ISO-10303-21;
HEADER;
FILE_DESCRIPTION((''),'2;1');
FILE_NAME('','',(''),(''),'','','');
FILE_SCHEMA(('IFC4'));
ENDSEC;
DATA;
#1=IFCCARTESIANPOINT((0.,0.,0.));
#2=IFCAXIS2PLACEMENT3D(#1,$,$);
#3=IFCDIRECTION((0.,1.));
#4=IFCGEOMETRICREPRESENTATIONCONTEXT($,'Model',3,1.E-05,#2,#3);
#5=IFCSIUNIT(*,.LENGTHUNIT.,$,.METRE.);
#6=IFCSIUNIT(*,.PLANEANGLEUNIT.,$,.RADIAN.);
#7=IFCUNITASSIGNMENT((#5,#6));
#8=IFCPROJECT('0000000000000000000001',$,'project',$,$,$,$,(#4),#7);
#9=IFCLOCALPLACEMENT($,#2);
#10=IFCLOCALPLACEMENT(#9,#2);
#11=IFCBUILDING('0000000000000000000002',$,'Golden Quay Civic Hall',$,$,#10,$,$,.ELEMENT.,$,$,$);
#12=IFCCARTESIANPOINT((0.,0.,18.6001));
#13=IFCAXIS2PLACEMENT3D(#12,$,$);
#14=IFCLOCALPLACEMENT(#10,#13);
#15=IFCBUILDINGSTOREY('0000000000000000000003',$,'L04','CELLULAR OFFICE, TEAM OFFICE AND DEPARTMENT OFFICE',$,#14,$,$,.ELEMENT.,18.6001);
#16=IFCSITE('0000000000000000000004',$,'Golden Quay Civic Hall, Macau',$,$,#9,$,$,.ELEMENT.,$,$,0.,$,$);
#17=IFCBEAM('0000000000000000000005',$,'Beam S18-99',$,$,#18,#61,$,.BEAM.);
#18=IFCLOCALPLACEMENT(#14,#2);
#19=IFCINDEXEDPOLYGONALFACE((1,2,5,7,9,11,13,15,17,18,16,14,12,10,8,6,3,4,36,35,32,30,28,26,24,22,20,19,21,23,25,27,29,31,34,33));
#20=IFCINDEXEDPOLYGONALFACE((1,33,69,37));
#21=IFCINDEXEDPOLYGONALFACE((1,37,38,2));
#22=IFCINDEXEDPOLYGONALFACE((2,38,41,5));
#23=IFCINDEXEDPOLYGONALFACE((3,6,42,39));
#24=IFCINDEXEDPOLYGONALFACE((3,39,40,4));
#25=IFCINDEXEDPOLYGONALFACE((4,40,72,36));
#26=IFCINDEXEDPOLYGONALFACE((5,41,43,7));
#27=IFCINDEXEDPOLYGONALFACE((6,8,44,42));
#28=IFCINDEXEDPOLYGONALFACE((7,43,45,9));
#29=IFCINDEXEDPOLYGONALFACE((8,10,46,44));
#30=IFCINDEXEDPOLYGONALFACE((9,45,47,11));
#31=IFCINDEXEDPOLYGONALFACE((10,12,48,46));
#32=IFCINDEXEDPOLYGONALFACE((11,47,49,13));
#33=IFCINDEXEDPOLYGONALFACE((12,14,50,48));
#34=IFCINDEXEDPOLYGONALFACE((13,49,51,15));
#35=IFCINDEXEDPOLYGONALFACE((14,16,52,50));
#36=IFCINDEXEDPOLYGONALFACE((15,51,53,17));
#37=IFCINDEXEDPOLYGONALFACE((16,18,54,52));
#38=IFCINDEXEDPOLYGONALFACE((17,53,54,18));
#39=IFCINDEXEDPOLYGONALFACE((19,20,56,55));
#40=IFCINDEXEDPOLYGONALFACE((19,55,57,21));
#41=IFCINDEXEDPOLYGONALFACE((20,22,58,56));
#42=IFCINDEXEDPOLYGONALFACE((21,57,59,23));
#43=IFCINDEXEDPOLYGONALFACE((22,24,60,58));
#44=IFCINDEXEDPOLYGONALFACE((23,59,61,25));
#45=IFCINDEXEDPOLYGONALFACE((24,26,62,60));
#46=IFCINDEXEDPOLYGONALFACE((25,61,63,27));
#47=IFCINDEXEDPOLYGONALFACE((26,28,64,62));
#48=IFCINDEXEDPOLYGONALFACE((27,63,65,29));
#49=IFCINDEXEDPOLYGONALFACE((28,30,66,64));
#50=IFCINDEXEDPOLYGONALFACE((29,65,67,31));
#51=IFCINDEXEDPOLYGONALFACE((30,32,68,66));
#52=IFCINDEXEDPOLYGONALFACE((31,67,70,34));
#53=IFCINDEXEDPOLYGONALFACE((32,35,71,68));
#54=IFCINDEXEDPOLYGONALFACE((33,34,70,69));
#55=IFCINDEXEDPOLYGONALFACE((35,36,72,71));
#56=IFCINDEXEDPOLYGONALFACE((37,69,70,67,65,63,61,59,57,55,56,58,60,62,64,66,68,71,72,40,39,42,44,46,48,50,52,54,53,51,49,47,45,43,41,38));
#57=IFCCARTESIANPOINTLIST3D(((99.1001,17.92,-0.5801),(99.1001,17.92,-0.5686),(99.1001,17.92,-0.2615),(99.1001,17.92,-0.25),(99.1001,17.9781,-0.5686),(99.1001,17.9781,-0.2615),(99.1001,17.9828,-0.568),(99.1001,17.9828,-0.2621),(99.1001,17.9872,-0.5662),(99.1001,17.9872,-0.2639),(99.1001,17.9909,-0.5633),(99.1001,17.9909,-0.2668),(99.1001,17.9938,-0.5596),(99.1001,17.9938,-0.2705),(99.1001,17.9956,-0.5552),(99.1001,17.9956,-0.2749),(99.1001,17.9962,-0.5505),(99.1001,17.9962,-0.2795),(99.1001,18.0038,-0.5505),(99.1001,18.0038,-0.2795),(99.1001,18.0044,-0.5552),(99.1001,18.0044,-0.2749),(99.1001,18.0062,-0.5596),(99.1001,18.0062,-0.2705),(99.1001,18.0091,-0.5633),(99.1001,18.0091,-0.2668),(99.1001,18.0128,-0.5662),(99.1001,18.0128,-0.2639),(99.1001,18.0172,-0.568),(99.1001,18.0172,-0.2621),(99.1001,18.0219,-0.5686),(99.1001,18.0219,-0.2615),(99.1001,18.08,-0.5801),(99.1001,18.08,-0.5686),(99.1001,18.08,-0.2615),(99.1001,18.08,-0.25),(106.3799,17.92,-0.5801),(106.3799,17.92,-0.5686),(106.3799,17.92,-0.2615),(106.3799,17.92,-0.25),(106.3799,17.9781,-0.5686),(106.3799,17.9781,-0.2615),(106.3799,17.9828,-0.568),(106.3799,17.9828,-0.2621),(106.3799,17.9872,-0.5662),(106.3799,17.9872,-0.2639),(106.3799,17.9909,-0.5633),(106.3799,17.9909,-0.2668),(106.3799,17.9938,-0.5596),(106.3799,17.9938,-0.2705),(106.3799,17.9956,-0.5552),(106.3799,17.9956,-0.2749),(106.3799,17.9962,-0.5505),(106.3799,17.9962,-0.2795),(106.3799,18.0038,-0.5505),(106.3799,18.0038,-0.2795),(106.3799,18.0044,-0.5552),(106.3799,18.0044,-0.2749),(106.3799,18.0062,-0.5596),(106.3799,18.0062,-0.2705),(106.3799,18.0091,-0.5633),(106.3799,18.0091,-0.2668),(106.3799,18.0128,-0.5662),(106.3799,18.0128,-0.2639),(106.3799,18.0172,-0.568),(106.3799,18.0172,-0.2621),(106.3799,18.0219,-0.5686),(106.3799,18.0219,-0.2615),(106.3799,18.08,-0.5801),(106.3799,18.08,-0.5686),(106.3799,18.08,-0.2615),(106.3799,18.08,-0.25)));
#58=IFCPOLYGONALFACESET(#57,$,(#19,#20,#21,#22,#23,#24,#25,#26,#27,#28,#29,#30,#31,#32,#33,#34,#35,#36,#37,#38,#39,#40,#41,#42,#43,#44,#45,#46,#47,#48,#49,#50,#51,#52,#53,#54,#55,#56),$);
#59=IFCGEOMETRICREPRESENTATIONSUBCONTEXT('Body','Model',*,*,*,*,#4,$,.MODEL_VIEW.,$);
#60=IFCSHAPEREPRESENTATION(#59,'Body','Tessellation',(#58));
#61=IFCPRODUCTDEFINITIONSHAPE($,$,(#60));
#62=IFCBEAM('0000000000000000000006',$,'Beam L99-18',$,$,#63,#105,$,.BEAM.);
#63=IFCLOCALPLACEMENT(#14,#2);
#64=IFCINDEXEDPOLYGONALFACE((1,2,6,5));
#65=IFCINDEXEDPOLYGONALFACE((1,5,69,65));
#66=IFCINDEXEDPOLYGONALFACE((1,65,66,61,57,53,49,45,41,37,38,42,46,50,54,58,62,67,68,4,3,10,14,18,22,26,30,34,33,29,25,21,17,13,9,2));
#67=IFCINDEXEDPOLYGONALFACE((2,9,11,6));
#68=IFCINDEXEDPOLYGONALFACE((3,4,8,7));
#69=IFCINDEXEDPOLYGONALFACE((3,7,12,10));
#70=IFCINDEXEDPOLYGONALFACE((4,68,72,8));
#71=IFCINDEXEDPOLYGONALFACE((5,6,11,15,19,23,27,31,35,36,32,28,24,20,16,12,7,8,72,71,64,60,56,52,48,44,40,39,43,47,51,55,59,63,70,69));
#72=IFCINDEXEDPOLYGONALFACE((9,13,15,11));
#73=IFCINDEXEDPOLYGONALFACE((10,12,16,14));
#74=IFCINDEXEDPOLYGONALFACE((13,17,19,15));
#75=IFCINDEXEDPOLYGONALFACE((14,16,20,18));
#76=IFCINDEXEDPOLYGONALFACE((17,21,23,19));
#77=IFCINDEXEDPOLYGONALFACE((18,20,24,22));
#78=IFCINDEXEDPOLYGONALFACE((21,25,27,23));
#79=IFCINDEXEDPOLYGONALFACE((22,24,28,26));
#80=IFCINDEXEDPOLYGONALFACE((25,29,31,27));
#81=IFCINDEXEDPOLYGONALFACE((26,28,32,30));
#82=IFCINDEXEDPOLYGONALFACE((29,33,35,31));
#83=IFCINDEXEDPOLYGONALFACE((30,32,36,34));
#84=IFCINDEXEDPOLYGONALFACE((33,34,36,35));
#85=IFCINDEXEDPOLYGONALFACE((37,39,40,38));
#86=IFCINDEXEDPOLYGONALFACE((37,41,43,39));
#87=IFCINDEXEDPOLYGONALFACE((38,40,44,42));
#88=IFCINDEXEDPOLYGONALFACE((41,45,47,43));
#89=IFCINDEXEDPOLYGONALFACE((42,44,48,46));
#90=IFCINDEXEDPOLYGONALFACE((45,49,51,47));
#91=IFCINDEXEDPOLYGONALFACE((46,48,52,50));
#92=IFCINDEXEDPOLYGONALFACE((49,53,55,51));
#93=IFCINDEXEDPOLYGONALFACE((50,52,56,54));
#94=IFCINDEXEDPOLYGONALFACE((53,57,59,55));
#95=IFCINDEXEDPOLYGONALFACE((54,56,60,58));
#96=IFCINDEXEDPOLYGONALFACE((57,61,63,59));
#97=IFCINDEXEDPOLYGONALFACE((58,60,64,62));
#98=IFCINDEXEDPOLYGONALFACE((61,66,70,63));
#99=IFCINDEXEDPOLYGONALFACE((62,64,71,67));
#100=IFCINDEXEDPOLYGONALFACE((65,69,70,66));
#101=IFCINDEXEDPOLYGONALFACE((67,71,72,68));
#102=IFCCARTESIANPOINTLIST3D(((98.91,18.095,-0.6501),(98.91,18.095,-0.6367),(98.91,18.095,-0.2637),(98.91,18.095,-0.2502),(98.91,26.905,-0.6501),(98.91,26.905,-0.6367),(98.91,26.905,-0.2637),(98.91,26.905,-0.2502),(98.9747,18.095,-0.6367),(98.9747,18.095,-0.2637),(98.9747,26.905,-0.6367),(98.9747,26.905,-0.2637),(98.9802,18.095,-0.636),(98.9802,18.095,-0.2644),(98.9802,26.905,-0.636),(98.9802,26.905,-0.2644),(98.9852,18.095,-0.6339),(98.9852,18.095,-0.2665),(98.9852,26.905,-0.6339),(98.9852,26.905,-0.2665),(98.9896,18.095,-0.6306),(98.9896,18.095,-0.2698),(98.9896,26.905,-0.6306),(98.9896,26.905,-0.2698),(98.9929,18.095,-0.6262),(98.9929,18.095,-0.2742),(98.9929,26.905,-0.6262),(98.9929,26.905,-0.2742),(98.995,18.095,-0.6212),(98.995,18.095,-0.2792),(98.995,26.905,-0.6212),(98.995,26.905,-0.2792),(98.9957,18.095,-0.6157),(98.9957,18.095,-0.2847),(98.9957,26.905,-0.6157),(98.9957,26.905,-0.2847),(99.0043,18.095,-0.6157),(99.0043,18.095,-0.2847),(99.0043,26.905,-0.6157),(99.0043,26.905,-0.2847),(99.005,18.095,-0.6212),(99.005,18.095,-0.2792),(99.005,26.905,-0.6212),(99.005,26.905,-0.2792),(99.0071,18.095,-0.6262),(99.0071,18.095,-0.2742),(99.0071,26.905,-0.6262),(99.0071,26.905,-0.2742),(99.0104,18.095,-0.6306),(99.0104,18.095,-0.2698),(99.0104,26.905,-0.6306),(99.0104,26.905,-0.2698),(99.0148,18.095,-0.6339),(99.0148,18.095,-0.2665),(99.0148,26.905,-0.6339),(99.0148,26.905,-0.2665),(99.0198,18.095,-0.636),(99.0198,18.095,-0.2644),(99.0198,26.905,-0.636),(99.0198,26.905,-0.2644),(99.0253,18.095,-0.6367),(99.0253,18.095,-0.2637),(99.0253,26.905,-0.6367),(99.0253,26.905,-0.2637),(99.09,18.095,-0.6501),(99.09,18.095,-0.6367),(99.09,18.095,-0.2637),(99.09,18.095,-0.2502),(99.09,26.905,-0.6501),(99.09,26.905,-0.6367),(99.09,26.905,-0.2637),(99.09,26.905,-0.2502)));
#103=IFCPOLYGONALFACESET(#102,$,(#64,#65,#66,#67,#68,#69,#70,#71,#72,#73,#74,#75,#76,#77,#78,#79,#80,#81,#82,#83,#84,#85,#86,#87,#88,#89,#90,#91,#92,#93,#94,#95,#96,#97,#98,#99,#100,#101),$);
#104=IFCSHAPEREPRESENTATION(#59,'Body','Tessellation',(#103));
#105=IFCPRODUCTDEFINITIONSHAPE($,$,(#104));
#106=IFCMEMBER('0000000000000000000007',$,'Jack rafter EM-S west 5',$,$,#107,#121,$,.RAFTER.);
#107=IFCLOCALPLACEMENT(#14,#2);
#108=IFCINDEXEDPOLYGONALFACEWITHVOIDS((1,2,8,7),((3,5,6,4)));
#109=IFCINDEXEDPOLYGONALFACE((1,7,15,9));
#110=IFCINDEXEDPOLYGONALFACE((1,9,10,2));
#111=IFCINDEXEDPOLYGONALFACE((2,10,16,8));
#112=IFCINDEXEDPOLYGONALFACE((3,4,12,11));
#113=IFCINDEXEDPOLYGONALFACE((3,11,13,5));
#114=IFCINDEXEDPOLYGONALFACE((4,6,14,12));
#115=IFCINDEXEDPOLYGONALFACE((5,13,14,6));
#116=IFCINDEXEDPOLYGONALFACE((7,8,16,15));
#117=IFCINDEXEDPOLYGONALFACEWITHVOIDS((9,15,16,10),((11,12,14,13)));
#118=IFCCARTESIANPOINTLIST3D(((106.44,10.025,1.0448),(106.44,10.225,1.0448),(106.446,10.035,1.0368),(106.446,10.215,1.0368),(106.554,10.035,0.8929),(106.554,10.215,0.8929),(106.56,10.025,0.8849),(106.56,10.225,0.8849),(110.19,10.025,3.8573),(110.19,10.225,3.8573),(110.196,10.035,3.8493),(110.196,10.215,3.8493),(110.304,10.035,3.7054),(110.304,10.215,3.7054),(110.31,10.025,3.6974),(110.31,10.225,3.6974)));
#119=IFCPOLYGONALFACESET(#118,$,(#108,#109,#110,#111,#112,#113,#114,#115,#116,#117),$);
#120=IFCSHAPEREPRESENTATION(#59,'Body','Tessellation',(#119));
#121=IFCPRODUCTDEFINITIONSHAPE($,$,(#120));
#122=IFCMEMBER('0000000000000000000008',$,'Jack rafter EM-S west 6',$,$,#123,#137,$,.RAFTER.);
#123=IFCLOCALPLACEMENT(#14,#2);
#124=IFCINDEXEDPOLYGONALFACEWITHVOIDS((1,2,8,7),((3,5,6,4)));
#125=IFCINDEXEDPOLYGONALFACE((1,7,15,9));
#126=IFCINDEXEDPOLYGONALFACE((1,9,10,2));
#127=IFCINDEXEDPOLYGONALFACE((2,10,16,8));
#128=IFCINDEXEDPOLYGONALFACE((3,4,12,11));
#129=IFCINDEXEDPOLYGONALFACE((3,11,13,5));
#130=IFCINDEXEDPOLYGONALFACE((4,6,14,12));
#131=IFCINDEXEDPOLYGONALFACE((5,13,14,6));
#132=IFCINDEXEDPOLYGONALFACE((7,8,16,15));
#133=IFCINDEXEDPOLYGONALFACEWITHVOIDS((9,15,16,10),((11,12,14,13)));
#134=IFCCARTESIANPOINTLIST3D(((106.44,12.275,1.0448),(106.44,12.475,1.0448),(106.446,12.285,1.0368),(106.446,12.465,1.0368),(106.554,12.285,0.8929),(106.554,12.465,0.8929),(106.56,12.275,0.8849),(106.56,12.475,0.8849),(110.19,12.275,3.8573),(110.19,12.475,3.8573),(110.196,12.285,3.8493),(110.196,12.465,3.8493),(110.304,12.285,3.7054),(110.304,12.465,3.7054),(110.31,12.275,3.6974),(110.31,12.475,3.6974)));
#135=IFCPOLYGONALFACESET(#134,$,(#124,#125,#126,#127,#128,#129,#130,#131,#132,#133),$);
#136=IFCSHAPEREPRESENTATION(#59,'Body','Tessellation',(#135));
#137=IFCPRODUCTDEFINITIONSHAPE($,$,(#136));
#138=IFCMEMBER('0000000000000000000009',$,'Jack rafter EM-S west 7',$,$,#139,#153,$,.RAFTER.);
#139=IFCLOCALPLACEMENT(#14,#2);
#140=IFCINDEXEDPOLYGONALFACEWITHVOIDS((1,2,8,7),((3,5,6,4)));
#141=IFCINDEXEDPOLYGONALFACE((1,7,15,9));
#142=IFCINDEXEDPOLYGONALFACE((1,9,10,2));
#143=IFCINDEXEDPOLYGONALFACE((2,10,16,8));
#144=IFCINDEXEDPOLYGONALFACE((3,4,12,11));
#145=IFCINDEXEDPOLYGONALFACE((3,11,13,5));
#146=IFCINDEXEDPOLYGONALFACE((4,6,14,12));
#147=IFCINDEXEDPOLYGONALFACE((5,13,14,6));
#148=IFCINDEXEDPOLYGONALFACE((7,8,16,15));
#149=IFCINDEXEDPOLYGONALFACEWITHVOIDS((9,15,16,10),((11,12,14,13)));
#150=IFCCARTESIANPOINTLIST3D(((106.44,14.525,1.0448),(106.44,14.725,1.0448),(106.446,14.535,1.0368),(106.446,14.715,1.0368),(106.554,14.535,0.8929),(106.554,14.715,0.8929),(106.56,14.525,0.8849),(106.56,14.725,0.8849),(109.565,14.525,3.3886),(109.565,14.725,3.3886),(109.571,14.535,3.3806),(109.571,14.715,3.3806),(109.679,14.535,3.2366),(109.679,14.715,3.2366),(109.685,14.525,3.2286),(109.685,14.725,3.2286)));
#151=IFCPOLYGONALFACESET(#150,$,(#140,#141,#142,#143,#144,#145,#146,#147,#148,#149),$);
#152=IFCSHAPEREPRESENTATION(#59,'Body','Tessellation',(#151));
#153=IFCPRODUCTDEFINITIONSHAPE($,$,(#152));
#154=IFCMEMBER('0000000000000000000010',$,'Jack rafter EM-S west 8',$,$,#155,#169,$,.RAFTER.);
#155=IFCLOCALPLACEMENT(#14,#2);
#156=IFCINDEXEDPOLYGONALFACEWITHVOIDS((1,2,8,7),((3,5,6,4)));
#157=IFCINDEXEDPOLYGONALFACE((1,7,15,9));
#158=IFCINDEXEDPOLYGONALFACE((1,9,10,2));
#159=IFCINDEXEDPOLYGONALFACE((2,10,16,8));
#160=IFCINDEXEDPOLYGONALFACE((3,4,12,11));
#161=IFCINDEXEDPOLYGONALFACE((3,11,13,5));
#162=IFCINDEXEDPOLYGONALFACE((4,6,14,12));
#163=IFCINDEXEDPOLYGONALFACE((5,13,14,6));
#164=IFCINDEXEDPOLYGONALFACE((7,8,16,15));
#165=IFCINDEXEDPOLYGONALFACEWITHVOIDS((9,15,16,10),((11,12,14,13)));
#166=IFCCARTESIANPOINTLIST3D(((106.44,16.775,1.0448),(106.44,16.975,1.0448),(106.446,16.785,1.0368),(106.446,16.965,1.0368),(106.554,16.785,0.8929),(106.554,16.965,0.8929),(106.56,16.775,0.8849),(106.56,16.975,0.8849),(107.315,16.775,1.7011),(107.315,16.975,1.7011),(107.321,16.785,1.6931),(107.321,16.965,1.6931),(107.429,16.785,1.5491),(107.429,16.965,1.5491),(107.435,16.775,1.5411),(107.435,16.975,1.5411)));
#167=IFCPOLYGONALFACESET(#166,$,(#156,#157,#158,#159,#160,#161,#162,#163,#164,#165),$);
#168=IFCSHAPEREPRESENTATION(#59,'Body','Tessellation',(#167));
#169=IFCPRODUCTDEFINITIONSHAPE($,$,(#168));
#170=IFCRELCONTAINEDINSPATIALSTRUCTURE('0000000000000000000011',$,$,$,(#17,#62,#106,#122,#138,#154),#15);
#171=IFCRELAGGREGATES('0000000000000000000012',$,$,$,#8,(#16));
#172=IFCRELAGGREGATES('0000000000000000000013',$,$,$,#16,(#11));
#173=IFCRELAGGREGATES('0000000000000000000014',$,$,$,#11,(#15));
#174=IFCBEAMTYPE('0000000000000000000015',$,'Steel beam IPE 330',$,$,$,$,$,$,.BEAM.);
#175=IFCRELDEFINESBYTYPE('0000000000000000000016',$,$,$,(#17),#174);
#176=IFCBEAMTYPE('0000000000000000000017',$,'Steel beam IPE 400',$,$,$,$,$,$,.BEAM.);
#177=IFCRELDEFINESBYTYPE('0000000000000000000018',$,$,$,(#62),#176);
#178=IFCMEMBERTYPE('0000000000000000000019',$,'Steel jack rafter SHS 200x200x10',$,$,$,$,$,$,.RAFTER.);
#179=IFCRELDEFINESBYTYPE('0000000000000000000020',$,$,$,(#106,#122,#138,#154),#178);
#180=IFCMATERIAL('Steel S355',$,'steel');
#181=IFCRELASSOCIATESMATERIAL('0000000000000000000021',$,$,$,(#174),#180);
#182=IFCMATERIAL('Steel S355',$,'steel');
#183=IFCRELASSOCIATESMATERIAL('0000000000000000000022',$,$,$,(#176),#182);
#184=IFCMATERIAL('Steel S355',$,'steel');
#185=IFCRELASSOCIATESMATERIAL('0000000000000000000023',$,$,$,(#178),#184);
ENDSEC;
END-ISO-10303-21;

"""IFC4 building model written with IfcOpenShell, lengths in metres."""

from ifc_helpers import new_model, si_unit, direction, frame, origin, origin_2d, place, context, subcontext, project, spatial, hollow_rectangle, i_section, extrude, material, material_profile, profile_set, type_object, element, save


model = new_model("IFC4")

# Units and contexts
model_context = context("Model", 3, precision=1e-05, world=origin(), true_north=direction((0.0, 1.0)))
body_context = subcontext(model_context, "Body", "Model", "MODEL_VIEW")
ifc_project = project(units=[si_unit("LENGTHUNIT", "METRE"), si_unit("PLANEANGLEUNIT", "RADIAN")], contexts=[model_context])

# Site, building, storey
site_placement = place(None, origin())
site = spatial("IfcSite", under=ifc_project, at=site_placement, Name="Golden Quay Civic Hall, Macau", CompositionType="ELEMENT", RefElevation=0.0)
building_placement = place(site_placement, origin())
building = spatial("IfcBuilding", under=site, at=building_placement, Name="Golden Quay Civic Hall", CompositionType="ELEMENT")
storey_placement = place(building_placement, frame((0.0, 0.0, 18.6001)))
storey = spatial("IfcBuildingStorey", under=building, at=storey_placement, Name="L04", Description="CELLULAR OFFICE, TEAM OFFICE AND DEPARTMENT OFFICE", CompositionType="ELEMENT", Elevation=18.6001)

# Beams
ifc_material_1 = material(Name="Steel S355", Category="steel")
ifc_material_profile_1 = material_profile(ifc_material_1, i_section(OverallWidth=0.1599, OverallDepth=0.3301, WebThickness=0.0076, FlangeThickness=0.0115, FilletRadius=0.0181, at=origin_2d()), Name="IPE 330")
ifc_profile_set_1 = profile_set([ifc_material_profile_1], Name="Steel S355")
beam_type_1 = type_object("IfcBeamType", Name="Steel beam IPE 330", PredefinedType="BEAM", material=ifc_profile_set_1)
beam_1_placement = place(storey_placement, frame((99.1001, 18.0, -0.415), z_axis=(1.0, 0.0, 0.0), x_axis=(0.0, 1.0, 0.0)))
element("IfcBeam", 1, at=beam_1_placement, inside=storey, type_object=beam_type_1, Name="Beam S18-99", PredefinedType="BEAM", context=body_context, shape_type="SweptSolid", body=[
    extrude(i_section(OverallWidth=0.1599, OverallDepth=0.3301, WebThickness=0.0076, FlangeThickness=0.0115, FilletRadius=0.0181, at=origin_2d()), origin(), (0.0, 0.0, 1.0), 7.2798),
])
ifc_material_2 = material(Name="Steel S355", Category="steel")
ifc_material_profile_2 = material_profile(ifc_material_2, i_section(OverallWidth=0.1799, OverallDepth=0.3999, WebThickness=0.0085, FlangeThickness=0.0134, FilletRadius=0.021, at=origin_2d()), Name="IPE 400")
ifc_profile_set_2 = profile_set([ifc_material_profile_2], Name="Steel S355")
beam_type_2 = type_object("IfcBeamType", Name="Steel beam IPE 400", PredefinedType="BEAM", material=ifc_profile_set_2)
beam_2_placement = place(storey_placement, frame((99.0, 18.095, -0.4502), z_axis=(0.0, 1.0, 0.0), x_axis=(-1.0, 0.0, 0.0)))
element("IfcBeam", 2, at=beam_2_placement, inside=storey, type_object=beam_type_2, Name="Beam L99-18", PredefinedType="BEAM", context=body_context, shape_type="SweptSolid", body=[
    extrude(i_section(OverallWidth=0.1799, OverallDepth=0.3999, WebThickness=0.0085, FlangeThickness=0.0134, FilletRadius=0.021, at=origin_2d()), origin(), (0.0, 0.0, 1.0), 8.8101),
])

# Members
ifc_material_3 = material(Name="Steel S355", Category="steel")
ifc_material_profile_3 = material_profile(ifc_material_3, hollow_rectangle(XDim=0.2, YDim=0.2, WallThickness=0.01, at=origin_2d()), Name="SHS 200x200x10")
ifc_profile_set_3 = profile_set([ifc_material_profile_3], Name="Steel S355")
member_type_1 = type_object("IfcMemberType", Name="Steel jack rafter SHS 200x200x10", PredefinedType="RAFTER", material=ifc_profile_set_3)
for number, where, z_axis, x_axis, name in (
    (3, (106.5, 10.125, 0.9648), (0.8, 0.0, 0.6), (0.0, 1.0, 0.0), "Jack rafter EM-S west 5"),
    (4, (106.5, 12.375, 0.9648), (0.8, 0.0, 0.6), (0.0, 1.0, 0.0), "Jack rafter EM-S west 6"),
):
    element("IfcMember", number, at=place(storey_placement, frame(where, z_axis=z_axis, x_axis=x_axis)), inside=storey, type_object=member_type_1, Name=name, PredefinedType="RAFTER", context=body_context, shape_type="SweptSolid", body=[
        extrude(hollow_rectangle(XDim=0.2, YDim=0.2, WallThickness=0.01, at=origin_2d()), origin(), (0.0, 0.0, 1.0), 4.6875),
    ])
member_1_placement = place(storey_placement, frame((106.5, 14.625, 0.9648), z_axis=(0.8, 0.0, 0.6), x_axis=(0.0, 1.0, 0.0)))
element("IfcMember", 5, at=member_1_placement, inside=storey, type_object=member_type_1, Name="Jack rafter EM-S west 7", PredefinedType="RAFTER", context=body_context, shape_type="SweptSolid", body=[
    extrude(hollow_rectangle(XDim=0.2, YDim=0.2, WallThickness=0.01, at=origin_2d()), origin(), (0.0, 0.0, 1.0), 3.9062),
])
member_2_placement = place(storey_placement, frame((106.5, 16.875, 0.9648), z_axis=(0.8, 0.0, 0.6), x_axis=(0.0, 1.0, 0.0)))
element("IfcMember", 6, at=member_2_placement, inside=storey, type_object=member_type_1, Name="Jack rafter EM-S west 8", PredefinedType="RAFTER", context=body_context, shape_type="SweptSolid", body=[
    extrude(hollow_rectangle(XDim=0.2, YDim=0.2, WallThickness=0.01, at=origin_2d()), origin(), (0.0, 0.0, 1.0), 1.0938),
])

save(model, "model.ifc")
